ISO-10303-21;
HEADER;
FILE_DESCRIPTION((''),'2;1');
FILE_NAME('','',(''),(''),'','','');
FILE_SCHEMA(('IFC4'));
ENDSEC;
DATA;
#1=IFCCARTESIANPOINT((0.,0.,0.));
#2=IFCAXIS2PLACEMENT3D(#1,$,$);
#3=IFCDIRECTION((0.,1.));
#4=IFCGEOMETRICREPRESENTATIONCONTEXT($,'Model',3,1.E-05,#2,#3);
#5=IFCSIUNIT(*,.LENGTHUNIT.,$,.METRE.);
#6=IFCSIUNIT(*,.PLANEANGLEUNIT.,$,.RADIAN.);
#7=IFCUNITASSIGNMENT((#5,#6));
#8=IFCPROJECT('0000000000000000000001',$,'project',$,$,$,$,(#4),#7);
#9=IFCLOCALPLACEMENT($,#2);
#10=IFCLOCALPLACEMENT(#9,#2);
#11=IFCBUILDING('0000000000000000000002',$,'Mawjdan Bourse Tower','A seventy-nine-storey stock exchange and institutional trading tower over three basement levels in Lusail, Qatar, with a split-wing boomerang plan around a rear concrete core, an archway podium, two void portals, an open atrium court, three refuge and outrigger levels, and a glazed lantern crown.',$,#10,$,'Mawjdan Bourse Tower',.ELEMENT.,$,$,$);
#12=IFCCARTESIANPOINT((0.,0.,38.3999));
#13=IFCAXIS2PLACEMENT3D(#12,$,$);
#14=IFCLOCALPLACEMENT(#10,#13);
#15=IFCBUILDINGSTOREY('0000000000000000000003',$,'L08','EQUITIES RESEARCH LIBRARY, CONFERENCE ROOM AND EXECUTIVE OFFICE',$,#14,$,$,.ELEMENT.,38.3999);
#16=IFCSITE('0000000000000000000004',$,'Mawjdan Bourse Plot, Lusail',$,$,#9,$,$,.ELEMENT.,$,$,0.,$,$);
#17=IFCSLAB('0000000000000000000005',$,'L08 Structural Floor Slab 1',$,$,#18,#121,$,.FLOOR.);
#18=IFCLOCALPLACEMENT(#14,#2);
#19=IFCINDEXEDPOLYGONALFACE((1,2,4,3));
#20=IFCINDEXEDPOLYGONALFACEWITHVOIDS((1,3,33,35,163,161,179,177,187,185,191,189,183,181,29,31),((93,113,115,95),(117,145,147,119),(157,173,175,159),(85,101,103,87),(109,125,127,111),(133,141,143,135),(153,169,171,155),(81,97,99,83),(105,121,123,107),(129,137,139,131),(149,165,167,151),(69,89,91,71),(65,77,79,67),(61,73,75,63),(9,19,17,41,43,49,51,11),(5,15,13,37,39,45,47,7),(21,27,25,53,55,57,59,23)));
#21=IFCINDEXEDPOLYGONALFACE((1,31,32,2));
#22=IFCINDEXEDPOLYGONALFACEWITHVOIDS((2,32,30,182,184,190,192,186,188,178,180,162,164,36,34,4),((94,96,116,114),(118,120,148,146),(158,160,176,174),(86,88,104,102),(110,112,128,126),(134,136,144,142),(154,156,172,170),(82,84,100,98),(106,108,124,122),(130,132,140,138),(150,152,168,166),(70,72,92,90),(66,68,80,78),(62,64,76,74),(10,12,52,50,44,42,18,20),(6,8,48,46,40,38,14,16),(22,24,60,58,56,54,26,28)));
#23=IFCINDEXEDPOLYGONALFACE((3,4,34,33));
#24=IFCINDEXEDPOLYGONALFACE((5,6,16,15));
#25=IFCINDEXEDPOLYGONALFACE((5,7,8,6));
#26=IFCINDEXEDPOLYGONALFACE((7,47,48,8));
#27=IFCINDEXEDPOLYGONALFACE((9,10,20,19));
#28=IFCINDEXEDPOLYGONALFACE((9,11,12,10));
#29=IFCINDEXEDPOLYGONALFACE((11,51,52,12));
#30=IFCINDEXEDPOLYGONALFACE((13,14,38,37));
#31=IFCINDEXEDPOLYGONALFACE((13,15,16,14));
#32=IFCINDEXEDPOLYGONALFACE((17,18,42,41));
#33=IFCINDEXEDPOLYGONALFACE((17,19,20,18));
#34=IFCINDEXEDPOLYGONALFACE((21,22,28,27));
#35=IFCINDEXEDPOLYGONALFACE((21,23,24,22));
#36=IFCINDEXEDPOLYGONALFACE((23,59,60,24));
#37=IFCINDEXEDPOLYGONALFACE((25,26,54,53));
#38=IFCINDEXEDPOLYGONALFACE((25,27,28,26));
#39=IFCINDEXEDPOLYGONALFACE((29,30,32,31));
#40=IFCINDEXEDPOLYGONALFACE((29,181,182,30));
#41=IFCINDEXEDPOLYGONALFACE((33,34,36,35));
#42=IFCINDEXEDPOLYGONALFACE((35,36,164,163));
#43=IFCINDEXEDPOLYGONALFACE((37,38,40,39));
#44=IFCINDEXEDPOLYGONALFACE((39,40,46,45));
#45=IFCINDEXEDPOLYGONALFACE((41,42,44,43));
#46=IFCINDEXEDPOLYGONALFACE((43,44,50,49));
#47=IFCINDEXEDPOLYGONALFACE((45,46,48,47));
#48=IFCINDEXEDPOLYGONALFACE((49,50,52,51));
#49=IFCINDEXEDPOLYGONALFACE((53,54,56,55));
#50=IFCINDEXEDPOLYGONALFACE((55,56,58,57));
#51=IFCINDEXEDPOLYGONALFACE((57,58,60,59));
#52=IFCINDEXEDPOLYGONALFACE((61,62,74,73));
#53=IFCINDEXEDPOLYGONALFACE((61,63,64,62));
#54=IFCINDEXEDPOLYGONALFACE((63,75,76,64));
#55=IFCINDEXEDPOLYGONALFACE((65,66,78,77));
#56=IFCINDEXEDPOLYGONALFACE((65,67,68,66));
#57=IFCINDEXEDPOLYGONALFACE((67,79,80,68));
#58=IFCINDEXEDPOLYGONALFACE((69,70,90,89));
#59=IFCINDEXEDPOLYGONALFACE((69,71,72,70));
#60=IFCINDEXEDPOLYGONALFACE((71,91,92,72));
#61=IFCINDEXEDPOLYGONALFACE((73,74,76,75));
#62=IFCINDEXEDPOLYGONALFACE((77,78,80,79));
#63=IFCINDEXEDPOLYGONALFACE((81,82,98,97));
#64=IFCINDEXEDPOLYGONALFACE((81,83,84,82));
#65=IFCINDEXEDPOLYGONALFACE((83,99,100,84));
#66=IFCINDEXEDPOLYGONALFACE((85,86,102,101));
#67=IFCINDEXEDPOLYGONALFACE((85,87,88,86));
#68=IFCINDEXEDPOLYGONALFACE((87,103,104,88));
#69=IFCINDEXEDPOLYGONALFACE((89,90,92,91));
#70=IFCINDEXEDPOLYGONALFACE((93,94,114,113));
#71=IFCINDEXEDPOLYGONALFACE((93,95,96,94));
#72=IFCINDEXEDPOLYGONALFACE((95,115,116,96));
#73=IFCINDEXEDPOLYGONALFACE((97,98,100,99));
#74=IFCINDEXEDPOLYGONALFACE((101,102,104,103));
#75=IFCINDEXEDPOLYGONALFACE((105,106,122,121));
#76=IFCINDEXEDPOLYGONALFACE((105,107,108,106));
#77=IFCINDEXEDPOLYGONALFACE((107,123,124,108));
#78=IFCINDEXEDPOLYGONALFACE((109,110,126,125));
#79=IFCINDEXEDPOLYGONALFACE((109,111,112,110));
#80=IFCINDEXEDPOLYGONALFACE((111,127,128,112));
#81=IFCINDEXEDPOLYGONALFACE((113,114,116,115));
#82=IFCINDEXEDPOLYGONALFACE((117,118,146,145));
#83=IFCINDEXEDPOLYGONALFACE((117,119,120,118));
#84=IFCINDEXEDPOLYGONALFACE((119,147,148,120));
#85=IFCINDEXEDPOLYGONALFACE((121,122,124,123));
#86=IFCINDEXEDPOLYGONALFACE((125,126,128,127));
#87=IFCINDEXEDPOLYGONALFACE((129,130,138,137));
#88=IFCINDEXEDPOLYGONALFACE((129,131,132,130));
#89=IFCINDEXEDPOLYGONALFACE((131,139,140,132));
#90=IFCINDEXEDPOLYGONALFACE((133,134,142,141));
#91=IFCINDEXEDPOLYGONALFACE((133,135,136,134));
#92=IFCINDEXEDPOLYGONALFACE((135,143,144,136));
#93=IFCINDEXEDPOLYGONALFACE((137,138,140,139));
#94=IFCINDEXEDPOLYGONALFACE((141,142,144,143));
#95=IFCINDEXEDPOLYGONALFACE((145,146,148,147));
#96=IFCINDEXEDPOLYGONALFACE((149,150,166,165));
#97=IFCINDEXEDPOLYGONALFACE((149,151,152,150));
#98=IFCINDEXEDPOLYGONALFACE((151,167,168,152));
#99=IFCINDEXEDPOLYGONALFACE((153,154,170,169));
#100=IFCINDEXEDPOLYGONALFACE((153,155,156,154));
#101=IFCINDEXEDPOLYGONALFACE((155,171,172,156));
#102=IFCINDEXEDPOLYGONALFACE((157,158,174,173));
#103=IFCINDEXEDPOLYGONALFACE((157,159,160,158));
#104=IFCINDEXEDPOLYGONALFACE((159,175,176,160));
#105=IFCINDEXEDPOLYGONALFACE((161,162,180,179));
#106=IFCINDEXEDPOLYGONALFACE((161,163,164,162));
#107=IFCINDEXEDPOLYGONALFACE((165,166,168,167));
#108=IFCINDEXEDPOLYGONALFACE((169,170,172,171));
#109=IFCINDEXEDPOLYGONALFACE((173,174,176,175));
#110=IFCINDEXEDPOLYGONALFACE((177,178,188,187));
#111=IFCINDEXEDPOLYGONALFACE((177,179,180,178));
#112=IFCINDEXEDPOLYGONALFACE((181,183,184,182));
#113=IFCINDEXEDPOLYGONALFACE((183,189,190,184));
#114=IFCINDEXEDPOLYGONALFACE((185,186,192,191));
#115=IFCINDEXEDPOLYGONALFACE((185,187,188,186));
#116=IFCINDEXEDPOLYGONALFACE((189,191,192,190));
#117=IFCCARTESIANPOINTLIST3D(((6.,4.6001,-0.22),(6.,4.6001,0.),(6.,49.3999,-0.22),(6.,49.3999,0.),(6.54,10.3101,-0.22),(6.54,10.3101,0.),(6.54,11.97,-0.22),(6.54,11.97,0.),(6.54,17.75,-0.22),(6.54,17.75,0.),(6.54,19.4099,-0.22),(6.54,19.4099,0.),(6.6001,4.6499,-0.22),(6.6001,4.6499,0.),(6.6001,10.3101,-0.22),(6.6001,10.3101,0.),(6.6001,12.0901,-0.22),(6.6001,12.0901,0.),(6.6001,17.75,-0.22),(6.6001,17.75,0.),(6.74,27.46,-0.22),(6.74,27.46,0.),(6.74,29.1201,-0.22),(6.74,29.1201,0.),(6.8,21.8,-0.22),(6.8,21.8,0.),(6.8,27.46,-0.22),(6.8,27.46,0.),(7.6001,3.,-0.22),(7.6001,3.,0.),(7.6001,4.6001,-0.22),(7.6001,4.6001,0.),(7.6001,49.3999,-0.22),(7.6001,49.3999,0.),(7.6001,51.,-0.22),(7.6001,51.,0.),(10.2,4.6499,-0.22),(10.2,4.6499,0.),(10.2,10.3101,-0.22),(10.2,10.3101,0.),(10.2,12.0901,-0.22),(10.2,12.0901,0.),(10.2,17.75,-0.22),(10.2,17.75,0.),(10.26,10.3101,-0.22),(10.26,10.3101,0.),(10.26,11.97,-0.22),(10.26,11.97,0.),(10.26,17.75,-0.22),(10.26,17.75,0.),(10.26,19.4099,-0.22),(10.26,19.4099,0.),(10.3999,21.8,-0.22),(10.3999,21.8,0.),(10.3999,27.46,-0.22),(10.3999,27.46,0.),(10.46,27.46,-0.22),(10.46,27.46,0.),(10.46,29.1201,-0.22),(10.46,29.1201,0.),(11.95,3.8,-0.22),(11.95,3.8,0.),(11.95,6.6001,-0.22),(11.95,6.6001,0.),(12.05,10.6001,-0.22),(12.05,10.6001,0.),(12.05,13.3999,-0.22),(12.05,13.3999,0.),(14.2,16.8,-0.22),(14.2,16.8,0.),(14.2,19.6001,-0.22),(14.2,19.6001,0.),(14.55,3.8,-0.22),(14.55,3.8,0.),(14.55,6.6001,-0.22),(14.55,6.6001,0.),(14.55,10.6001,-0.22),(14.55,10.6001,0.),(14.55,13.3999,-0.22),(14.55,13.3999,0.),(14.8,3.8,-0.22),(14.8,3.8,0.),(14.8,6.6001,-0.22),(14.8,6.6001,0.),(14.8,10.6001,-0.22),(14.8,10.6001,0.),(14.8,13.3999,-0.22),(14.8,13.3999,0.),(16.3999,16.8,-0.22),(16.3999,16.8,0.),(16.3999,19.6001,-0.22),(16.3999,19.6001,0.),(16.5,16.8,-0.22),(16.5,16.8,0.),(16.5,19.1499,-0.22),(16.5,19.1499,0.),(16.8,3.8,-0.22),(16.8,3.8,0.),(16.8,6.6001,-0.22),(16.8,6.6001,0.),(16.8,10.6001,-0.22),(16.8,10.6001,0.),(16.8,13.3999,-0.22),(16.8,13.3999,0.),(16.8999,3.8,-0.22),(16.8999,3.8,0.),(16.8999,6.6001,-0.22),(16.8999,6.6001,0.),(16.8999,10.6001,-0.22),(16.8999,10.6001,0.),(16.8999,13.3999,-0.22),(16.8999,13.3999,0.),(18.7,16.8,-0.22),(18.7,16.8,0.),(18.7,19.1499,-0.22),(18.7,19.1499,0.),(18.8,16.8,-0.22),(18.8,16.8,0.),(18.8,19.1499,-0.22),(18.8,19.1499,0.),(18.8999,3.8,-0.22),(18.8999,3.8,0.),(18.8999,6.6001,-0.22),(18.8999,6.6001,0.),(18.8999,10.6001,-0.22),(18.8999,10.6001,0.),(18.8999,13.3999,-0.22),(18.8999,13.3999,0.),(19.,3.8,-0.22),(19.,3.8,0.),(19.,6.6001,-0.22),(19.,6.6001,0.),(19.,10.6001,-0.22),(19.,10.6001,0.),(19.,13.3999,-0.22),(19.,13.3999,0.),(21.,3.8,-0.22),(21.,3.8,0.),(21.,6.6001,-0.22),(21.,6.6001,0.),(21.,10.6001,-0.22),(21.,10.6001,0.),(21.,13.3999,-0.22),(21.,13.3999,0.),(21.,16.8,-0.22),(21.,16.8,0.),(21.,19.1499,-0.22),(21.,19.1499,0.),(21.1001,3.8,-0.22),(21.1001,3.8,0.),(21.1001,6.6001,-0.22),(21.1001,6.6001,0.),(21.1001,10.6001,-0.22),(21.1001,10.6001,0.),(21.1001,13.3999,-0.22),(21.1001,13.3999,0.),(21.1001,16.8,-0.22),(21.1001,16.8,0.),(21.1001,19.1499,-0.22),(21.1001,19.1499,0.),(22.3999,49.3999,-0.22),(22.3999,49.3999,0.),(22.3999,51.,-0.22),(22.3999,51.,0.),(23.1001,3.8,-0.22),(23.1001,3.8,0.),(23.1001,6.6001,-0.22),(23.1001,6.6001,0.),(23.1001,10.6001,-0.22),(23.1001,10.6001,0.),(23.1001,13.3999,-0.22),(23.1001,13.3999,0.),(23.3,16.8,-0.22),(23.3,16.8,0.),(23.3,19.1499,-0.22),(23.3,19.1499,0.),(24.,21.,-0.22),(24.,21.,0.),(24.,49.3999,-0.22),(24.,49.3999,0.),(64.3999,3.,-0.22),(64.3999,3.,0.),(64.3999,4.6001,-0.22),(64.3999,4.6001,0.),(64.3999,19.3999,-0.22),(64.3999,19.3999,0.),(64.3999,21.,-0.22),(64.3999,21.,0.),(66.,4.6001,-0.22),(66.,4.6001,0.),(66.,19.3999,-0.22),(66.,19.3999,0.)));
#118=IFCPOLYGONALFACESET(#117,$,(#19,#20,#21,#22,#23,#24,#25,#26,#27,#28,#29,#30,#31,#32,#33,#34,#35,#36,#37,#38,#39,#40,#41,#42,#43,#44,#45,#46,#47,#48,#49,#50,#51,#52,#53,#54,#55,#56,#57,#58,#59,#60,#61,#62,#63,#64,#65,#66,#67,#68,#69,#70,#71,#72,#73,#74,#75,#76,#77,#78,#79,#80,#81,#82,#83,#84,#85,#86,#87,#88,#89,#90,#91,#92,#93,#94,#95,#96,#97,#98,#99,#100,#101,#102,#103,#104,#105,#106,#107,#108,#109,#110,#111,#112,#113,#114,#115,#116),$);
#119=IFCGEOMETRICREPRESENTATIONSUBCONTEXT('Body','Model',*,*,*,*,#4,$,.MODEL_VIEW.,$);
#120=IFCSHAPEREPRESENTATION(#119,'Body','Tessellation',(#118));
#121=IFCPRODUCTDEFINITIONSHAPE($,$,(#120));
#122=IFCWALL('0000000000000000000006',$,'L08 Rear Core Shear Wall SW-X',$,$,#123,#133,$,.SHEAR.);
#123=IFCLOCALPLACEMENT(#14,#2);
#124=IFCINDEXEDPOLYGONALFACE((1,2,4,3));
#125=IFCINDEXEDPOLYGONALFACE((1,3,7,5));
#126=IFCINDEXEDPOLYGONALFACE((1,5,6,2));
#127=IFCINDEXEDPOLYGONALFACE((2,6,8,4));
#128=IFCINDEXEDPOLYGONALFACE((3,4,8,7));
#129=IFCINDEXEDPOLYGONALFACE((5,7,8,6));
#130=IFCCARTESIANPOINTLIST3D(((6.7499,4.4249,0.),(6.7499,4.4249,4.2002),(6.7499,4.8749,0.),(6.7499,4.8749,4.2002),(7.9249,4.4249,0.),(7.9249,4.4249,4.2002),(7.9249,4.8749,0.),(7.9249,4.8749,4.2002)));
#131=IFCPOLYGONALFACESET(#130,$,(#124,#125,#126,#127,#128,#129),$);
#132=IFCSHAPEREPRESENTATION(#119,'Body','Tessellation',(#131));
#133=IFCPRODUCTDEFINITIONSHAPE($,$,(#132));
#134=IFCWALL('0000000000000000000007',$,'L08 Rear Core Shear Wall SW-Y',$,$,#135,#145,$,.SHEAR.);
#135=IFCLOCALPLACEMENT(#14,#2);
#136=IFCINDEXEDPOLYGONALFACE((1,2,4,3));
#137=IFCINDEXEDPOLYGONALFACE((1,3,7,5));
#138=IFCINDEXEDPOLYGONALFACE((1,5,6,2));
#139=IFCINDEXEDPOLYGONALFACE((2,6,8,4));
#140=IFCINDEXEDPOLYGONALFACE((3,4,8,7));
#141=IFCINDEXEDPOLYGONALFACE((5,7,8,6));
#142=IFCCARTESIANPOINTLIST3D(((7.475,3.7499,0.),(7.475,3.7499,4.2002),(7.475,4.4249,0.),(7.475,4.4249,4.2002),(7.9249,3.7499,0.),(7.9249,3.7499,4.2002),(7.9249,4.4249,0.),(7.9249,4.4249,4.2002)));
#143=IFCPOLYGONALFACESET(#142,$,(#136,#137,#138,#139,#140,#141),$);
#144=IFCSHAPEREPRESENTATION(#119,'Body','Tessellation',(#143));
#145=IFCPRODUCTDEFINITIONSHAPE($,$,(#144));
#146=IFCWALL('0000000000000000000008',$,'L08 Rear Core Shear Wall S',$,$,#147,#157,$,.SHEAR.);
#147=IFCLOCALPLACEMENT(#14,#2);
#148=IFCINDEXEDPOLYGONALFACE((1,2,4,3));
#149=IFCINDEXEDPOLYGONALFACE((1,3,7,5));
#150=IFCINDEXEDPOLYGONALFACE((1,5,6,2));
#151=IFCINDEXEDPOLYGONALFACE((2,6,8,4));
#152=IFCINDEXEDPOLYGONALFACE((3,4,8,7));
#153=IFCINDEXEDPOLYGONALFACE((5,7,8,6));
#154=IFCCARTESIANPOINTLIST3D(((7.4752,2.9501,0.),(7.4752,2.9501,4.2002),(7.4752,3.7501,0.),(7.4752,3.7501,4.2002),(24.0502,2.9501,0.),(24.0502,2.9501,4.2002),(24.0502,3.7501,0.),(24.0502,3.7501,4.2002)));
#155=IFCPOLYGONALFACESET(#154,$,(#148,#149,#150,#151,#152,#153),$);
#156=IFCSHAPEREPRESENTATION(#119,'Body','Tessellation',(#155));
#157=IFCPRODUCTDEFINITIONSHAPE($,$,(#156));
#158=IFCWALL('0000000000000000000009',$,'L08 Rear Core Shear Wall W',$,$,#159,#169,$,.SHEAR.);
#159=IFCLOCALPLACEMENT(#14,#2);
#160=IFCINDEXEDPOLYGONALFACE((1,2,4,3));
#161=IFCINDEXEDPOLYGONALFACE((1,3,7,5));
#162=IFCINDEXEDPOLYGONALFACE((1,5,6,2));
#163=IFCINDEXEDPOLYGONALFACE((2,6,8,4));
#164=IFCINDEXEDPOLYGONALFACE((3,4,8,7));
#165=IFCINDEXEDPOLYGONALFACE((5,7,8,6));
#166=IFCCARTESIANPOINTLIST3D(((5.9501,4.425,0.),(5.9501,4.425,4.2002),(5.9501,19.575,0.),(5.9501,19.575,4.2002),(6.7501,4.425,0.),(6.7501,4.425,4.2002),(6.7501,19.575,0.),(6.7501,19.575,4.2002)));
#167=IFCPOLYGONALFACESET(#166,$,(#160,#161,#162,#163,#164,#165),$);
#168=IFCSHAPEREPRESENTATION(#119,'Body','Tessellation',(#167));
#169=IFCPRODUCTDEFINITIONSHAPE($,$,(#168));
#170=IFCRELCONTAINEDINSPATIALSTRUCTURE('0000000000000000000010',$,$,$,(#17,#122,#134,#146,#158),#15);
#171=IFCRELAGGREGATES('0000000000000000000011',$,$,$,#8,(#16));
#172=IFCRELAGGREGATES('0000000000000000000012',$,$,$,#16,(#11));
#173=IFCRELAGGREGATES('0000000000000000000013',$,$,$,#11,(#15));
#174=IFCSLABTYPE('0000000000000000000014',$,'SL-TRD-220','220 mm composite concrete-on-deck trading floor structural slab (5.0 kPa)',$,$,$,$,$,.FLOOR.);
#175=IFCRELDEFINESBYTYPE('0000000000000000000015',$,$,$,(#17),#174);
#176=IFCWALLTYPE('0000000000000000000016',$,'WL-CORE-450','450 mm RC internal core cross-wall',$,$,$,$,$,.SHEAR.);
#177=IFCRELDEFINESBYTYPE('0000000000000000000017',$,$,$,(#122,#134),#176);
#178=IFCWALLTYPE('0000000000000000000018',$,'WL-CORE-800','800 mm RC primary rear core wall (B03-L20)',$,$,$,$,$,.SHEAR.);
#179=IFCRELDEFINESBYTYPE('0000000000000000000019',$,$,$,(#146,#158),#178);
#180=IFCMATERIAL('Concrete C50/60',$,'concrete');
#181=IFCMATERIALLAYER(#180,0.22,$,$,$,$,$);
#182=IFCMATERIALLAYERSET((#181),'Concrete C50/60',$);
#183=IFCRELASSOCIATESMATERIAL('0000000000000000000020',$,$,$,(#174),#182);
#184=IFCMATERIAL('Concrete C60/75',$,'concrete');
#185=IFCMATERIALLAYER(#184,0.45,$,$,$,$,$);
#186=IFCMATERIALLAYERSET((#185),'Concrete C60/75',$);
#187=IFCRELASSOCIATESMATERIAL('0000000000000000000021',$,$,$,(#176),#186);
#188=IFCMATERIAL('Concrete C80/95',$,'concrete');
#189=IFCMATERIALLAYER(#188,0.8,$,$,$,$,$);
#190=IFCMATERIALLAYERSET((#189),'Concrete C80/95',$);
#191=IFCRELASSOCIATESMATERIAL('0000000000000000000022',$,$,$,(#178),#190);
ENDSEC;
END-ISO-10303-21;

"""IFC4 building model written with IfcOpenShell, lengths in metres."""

from ifc_helpers import new_model, si_unit, direction, frame, frame_2d, origin, place, context, subcontext, project, spatial, polyline, rectangle, outline, extrude, material, layer, layer_set, type_object, element, save


model = new_model("IFC4")

# Units and contexts
model_context = context("Model", 3, precision=1e-05, world=origin(), true_north=direction((0.0, 1.0)))
body_context = subcontext(model_context, "Body", "Model", "MODEL_VIEW")
ifc_project = project(units=[si_unit("LENGTHUNIT", "METRE"), si_unit("PLANEANGLEUNIT", "RADIAN")], contexts=[model_context])

# Site, building, storey
site_placement = place(None, origin())
site = spatial("IfcSite", under=ifc_project, at=site_placement, Name="Mawjdan Bourse Plot, Lusail", CompositionType="ELEMENT", RefElevation=0.0)
building_placement = place(site_placement, origin())
building = spatial("IfcBuilding", under=site, at=building_placement, Name="Mawjdan Bourse Tower", Description="A seventy-nine-storey stock exchange and institutional trading tower over three basement levels in Lusail, Qatar, with a split-wing boomerang plan around a rear concrete core, an archway podium, two void portals, an open atrium court, three refuge and outrigger levels, and a glazed lantern crown.", LongName="Mawjdan Bourse Tower", CompositionType="ELEMENT")
storey_placement = place(building_placement, frame((0.0, 0.0, 38.3999)))
storey = spatial("IfcBuildingStorey", under=building, at=storey_placement, Name="L08", Description="EQUITIES RESEARCH LIBRARY, CONFERENCE ROOM AND EXECUTIVE OFFICE", CompositionType="ELEMENT", Elevation=38.3999)

# Shared definitions
ifc_material_1 = material(Name="Concrete C50/60", Category="concrete")

# Slab
ifc_layer_1 = layer(ifc_material_1, 0.22)
ifc_layer_set_1 = layer_set([ifc_layer_1], Name="Concrete C50/60")
slab_type_1 = type_object("IfcSlabType", Name="SL-TRD-220", Description="220 mm composite concrete-on-deck trading floor structural slab (5.0 kPa)", PredefinedType="FLOOR", material=ifc_layer_set_1)
slab_1_placement = place(storey_placement, frame((0.0, 0.0, -0.22)))
element("IfcSlab", 1, at=slab_1_placement, inside=storey, type_object=slab_type_1, Name="L08 Structural Floor Slab 1", PredefinedType="FLOOR", context=body_context, shape_type="SweptSolid", body=[
    extrude(outline(polyline([(7.6001, 3.0), (64.3999, 3.0), (64.3999, 4.6001), (66.0, 4.6001), (66.0, 19.3999), (64.3999, 19.3999), (64.3999, 21.0), (24.0, 21.0), (24.0, 49.3999), (22.3999, 49.3999), (22.3999, 51.0), (7.6001, 51.0), (7.6001, 49.3999), (6.0, 49.3999), (6.0, 4.6001), (7.6001, 4.6001), (7.6001, 3.0)]), holes=[polyline([(11.95, 3.8), (11.95, 6.6001), (14.55, 6.6001), (14.55, 3.8), (11.95, 3.8)]), polyline([(14.8, 3.8), (14.8, 6.6001), (16.8, 6.6001), (16.8, 3.8), (14.8, 3.8)]), polyline([(10.26, 11.97), (10.26, 10.3101), (10.2, 10.3101), (10.2, 4.6499), (6.6001, 4.6499), (6.6001, 10.3101), (6.54, 10.3101), (6.54, 11.97), (10.26, 11.97)]), polyline([(12.05, 13.3999), (14.55, 13.3999), (14.55, 10.6001), (12.05, 10.6001), (12.05, 13.3999)]), polyline([(6.6001, 17.75), (6.54, 17.75), (6.54, 19.4099), (10.26, 19.4099), (10.26, 17.75), (10.2, 17.75), (10.2, 12.0901), (6.6001, 12.0901), (6.6001, 17.75)]), polyline([(14.2, 16.8), (14.2, 19.6001), (16.3999, 19.6001), (16.3999, 16.8), (14.2, 16.8)]), polyline([(10.46, 27.46), (10.3999, 27.46), (10.3999, 21.8), (6.8, 21.8), (6.8, 27.46), (6.74, 27.46), (6.74, 29.1201), (10.46, 29.1201), (10.46, 27.46)]), polyline([(16.8999, 3.8), (16.8999, 6.6001), (18.8999, 6.6001), (18.8999, 3.8), (16.8999, 3.8)]), polyline([(19.0, 3.8), (19.0, 6.6001), (21.0, 6.6001), (21.0, 3.8), (19.0, 3.8)]), polyline([(21.1001, 3.8), (21.1001, 6.6001), (23.1001, 6.6001), (23.1001, 3.8), (21.1001, 3.8)]), polyline([(14.8, 13.3999), (16.8, 13.3999), (16.8, 10.6001), (14.8, 10.6001), (14.8, 13.3999)]), polyline([(16.8999, 13.3999), (18.8999, 13.3999), (18.8999, 10.6001), (16.8999, 10.6001), (16.8999, 13.3999)]), polyline([(19.0, 10.6001), (19.0, 13.3999), (21.0, 13.3999), (21.0, 10.6001), (19.0, 10.6001)]), polyline([(21.1001, 10.6001), (21.1001, 13.3999), (23.1001, 13.3999), (23.1001, 10.6001), (21.1001, 10.6001)]), polyline([(16.5, 16.8), (16.5, 19.1499), (18.7, 19.1499), (18.7, 16.8), (16.5, 16.8)]), polyline([(18.8, 19.1499), (21.0, 19.1499), (21.0, 16.8), (18.8, 16.8), (18.8, 19.1499)]), polyline([(21.1001, 19.1499), (23.3, 19.1499), (23.3, 16.8), (21.1001, 16.8), (21.1001, 19.1499)])]), origin(), (0.0, 0.0, 1.0), 0.22),
])

# Walls
ifc_material_2 = material(Name="Concrete C60/75", Category="concrete")
ifc_layer_2 = layer(ifc_material_2, 0.45)
ifc_layer_set_2 = layer_set([ifc_layer_2], Name="Concrete C60/75")
wall_type_1 = type_object("IfcWallType", Name="WL-CORE-450", Description="450 mm RC internal core cross-wall", PredefinedType="SHEAR", material=ifc_layer_set_2)
wall_1_placement = place(storey_placement, frame((6.75, 4.6499, 0.0), z_axis=(0.0, 0.0, 1.0), x_axis=(1.0, 0.0, 0.0)))
element("IfcWall", 2, at=wall_1_placement, inside=storey, type_object=wall_type_1, Name="L08 Rear Core Shear Wall SW-X", PredefinedType="SHEAR", context=body_context, shape_type="SweptSolid", body=[
    extrude(rectangle(XDim=1.175, YDim=0.45, at=frame_2d((0.5874, 0.0))), origin(), (0.0, 0.0, 1.0), 4.2002),
])
wall_2_placement = place(storey_placement, frame((7.7, 3.75, 0.0), z_axis=(0.0, 0.0, 1.0), x_axis=(0.0, 1.0, 0.0)))
element("IfcWall", 3, at=wall_2_placement, inside=storey, type_object=wall_type_1, Name="L08 Rear Core Shear Wall SW-Y", PredefinedType="SHEAR", context=body_context, shape_type="SweptSolid", body=[
    extrude(rectangle(XDim=0.675, YDim=0.45, at=frame_2d((0.3374, 0.0))), origin(), (0.0, 0.0, 1.0), 4.2002),
])
ifc_material_3 = material(Name="Concrete C80/95", Category="concrete")
ifc_layer_3 = layer(ifc_material_3, 0.8)
ifc_layer_set_3 = layer_set([ifc_layer_3], Name="Concrete C80/95")
wall_type_2 = type_object("IfcWallType", Name="WL-CORE-800", Description="800 mm RC primary rear core wall (B03-L20)", PredefinedType="SHEAR", material=ifc_layer_set_3)
wall_3_placement = place(storey_placement, frame((7.4751, 3.3501, 0.0), z_axis=(0.0, 0.0, 1.0), x_axis=(1.0, 0.0, 0.0)))
element("IfcWall", 4, at=wall_3_placement, inside=storey, type_object=wall_type_2, Name="L08 Rear Core Shear Wall S", PredefinedType="SHEAR", context=body_context, shape_type="SweptSolid", body=[
    extrude(rectangle(XDim=16.575, YDim=0.8, at=frame_2d((8.2876, 0.0))), origin(), (0.0, 0.0, 1.0), 4.2002),
])
wall_4_placement = place(storey_placement, frame((6.3501, 4.425, 0.0), z_axis=(0.0, 0.0, 1.0), x_axis=(0.0, 1.0, 0.0)))
element("IfcWall", 5, at=wall_4_placement, inside=storey, type_object=wall_type_2, Name="L08 Rear Core Shear Wall W", PredefinedType="SHEAR", context=body_context, shape_type="SweptSolid", body=[
    extrude(rectangle(XDim=15.1499, YDim=0.8, at=frame_2d((7.575, 0.0))), origin(), (0.0, 0.0, 1.0), 4.2002),
])

save(model, "model.ifc")
